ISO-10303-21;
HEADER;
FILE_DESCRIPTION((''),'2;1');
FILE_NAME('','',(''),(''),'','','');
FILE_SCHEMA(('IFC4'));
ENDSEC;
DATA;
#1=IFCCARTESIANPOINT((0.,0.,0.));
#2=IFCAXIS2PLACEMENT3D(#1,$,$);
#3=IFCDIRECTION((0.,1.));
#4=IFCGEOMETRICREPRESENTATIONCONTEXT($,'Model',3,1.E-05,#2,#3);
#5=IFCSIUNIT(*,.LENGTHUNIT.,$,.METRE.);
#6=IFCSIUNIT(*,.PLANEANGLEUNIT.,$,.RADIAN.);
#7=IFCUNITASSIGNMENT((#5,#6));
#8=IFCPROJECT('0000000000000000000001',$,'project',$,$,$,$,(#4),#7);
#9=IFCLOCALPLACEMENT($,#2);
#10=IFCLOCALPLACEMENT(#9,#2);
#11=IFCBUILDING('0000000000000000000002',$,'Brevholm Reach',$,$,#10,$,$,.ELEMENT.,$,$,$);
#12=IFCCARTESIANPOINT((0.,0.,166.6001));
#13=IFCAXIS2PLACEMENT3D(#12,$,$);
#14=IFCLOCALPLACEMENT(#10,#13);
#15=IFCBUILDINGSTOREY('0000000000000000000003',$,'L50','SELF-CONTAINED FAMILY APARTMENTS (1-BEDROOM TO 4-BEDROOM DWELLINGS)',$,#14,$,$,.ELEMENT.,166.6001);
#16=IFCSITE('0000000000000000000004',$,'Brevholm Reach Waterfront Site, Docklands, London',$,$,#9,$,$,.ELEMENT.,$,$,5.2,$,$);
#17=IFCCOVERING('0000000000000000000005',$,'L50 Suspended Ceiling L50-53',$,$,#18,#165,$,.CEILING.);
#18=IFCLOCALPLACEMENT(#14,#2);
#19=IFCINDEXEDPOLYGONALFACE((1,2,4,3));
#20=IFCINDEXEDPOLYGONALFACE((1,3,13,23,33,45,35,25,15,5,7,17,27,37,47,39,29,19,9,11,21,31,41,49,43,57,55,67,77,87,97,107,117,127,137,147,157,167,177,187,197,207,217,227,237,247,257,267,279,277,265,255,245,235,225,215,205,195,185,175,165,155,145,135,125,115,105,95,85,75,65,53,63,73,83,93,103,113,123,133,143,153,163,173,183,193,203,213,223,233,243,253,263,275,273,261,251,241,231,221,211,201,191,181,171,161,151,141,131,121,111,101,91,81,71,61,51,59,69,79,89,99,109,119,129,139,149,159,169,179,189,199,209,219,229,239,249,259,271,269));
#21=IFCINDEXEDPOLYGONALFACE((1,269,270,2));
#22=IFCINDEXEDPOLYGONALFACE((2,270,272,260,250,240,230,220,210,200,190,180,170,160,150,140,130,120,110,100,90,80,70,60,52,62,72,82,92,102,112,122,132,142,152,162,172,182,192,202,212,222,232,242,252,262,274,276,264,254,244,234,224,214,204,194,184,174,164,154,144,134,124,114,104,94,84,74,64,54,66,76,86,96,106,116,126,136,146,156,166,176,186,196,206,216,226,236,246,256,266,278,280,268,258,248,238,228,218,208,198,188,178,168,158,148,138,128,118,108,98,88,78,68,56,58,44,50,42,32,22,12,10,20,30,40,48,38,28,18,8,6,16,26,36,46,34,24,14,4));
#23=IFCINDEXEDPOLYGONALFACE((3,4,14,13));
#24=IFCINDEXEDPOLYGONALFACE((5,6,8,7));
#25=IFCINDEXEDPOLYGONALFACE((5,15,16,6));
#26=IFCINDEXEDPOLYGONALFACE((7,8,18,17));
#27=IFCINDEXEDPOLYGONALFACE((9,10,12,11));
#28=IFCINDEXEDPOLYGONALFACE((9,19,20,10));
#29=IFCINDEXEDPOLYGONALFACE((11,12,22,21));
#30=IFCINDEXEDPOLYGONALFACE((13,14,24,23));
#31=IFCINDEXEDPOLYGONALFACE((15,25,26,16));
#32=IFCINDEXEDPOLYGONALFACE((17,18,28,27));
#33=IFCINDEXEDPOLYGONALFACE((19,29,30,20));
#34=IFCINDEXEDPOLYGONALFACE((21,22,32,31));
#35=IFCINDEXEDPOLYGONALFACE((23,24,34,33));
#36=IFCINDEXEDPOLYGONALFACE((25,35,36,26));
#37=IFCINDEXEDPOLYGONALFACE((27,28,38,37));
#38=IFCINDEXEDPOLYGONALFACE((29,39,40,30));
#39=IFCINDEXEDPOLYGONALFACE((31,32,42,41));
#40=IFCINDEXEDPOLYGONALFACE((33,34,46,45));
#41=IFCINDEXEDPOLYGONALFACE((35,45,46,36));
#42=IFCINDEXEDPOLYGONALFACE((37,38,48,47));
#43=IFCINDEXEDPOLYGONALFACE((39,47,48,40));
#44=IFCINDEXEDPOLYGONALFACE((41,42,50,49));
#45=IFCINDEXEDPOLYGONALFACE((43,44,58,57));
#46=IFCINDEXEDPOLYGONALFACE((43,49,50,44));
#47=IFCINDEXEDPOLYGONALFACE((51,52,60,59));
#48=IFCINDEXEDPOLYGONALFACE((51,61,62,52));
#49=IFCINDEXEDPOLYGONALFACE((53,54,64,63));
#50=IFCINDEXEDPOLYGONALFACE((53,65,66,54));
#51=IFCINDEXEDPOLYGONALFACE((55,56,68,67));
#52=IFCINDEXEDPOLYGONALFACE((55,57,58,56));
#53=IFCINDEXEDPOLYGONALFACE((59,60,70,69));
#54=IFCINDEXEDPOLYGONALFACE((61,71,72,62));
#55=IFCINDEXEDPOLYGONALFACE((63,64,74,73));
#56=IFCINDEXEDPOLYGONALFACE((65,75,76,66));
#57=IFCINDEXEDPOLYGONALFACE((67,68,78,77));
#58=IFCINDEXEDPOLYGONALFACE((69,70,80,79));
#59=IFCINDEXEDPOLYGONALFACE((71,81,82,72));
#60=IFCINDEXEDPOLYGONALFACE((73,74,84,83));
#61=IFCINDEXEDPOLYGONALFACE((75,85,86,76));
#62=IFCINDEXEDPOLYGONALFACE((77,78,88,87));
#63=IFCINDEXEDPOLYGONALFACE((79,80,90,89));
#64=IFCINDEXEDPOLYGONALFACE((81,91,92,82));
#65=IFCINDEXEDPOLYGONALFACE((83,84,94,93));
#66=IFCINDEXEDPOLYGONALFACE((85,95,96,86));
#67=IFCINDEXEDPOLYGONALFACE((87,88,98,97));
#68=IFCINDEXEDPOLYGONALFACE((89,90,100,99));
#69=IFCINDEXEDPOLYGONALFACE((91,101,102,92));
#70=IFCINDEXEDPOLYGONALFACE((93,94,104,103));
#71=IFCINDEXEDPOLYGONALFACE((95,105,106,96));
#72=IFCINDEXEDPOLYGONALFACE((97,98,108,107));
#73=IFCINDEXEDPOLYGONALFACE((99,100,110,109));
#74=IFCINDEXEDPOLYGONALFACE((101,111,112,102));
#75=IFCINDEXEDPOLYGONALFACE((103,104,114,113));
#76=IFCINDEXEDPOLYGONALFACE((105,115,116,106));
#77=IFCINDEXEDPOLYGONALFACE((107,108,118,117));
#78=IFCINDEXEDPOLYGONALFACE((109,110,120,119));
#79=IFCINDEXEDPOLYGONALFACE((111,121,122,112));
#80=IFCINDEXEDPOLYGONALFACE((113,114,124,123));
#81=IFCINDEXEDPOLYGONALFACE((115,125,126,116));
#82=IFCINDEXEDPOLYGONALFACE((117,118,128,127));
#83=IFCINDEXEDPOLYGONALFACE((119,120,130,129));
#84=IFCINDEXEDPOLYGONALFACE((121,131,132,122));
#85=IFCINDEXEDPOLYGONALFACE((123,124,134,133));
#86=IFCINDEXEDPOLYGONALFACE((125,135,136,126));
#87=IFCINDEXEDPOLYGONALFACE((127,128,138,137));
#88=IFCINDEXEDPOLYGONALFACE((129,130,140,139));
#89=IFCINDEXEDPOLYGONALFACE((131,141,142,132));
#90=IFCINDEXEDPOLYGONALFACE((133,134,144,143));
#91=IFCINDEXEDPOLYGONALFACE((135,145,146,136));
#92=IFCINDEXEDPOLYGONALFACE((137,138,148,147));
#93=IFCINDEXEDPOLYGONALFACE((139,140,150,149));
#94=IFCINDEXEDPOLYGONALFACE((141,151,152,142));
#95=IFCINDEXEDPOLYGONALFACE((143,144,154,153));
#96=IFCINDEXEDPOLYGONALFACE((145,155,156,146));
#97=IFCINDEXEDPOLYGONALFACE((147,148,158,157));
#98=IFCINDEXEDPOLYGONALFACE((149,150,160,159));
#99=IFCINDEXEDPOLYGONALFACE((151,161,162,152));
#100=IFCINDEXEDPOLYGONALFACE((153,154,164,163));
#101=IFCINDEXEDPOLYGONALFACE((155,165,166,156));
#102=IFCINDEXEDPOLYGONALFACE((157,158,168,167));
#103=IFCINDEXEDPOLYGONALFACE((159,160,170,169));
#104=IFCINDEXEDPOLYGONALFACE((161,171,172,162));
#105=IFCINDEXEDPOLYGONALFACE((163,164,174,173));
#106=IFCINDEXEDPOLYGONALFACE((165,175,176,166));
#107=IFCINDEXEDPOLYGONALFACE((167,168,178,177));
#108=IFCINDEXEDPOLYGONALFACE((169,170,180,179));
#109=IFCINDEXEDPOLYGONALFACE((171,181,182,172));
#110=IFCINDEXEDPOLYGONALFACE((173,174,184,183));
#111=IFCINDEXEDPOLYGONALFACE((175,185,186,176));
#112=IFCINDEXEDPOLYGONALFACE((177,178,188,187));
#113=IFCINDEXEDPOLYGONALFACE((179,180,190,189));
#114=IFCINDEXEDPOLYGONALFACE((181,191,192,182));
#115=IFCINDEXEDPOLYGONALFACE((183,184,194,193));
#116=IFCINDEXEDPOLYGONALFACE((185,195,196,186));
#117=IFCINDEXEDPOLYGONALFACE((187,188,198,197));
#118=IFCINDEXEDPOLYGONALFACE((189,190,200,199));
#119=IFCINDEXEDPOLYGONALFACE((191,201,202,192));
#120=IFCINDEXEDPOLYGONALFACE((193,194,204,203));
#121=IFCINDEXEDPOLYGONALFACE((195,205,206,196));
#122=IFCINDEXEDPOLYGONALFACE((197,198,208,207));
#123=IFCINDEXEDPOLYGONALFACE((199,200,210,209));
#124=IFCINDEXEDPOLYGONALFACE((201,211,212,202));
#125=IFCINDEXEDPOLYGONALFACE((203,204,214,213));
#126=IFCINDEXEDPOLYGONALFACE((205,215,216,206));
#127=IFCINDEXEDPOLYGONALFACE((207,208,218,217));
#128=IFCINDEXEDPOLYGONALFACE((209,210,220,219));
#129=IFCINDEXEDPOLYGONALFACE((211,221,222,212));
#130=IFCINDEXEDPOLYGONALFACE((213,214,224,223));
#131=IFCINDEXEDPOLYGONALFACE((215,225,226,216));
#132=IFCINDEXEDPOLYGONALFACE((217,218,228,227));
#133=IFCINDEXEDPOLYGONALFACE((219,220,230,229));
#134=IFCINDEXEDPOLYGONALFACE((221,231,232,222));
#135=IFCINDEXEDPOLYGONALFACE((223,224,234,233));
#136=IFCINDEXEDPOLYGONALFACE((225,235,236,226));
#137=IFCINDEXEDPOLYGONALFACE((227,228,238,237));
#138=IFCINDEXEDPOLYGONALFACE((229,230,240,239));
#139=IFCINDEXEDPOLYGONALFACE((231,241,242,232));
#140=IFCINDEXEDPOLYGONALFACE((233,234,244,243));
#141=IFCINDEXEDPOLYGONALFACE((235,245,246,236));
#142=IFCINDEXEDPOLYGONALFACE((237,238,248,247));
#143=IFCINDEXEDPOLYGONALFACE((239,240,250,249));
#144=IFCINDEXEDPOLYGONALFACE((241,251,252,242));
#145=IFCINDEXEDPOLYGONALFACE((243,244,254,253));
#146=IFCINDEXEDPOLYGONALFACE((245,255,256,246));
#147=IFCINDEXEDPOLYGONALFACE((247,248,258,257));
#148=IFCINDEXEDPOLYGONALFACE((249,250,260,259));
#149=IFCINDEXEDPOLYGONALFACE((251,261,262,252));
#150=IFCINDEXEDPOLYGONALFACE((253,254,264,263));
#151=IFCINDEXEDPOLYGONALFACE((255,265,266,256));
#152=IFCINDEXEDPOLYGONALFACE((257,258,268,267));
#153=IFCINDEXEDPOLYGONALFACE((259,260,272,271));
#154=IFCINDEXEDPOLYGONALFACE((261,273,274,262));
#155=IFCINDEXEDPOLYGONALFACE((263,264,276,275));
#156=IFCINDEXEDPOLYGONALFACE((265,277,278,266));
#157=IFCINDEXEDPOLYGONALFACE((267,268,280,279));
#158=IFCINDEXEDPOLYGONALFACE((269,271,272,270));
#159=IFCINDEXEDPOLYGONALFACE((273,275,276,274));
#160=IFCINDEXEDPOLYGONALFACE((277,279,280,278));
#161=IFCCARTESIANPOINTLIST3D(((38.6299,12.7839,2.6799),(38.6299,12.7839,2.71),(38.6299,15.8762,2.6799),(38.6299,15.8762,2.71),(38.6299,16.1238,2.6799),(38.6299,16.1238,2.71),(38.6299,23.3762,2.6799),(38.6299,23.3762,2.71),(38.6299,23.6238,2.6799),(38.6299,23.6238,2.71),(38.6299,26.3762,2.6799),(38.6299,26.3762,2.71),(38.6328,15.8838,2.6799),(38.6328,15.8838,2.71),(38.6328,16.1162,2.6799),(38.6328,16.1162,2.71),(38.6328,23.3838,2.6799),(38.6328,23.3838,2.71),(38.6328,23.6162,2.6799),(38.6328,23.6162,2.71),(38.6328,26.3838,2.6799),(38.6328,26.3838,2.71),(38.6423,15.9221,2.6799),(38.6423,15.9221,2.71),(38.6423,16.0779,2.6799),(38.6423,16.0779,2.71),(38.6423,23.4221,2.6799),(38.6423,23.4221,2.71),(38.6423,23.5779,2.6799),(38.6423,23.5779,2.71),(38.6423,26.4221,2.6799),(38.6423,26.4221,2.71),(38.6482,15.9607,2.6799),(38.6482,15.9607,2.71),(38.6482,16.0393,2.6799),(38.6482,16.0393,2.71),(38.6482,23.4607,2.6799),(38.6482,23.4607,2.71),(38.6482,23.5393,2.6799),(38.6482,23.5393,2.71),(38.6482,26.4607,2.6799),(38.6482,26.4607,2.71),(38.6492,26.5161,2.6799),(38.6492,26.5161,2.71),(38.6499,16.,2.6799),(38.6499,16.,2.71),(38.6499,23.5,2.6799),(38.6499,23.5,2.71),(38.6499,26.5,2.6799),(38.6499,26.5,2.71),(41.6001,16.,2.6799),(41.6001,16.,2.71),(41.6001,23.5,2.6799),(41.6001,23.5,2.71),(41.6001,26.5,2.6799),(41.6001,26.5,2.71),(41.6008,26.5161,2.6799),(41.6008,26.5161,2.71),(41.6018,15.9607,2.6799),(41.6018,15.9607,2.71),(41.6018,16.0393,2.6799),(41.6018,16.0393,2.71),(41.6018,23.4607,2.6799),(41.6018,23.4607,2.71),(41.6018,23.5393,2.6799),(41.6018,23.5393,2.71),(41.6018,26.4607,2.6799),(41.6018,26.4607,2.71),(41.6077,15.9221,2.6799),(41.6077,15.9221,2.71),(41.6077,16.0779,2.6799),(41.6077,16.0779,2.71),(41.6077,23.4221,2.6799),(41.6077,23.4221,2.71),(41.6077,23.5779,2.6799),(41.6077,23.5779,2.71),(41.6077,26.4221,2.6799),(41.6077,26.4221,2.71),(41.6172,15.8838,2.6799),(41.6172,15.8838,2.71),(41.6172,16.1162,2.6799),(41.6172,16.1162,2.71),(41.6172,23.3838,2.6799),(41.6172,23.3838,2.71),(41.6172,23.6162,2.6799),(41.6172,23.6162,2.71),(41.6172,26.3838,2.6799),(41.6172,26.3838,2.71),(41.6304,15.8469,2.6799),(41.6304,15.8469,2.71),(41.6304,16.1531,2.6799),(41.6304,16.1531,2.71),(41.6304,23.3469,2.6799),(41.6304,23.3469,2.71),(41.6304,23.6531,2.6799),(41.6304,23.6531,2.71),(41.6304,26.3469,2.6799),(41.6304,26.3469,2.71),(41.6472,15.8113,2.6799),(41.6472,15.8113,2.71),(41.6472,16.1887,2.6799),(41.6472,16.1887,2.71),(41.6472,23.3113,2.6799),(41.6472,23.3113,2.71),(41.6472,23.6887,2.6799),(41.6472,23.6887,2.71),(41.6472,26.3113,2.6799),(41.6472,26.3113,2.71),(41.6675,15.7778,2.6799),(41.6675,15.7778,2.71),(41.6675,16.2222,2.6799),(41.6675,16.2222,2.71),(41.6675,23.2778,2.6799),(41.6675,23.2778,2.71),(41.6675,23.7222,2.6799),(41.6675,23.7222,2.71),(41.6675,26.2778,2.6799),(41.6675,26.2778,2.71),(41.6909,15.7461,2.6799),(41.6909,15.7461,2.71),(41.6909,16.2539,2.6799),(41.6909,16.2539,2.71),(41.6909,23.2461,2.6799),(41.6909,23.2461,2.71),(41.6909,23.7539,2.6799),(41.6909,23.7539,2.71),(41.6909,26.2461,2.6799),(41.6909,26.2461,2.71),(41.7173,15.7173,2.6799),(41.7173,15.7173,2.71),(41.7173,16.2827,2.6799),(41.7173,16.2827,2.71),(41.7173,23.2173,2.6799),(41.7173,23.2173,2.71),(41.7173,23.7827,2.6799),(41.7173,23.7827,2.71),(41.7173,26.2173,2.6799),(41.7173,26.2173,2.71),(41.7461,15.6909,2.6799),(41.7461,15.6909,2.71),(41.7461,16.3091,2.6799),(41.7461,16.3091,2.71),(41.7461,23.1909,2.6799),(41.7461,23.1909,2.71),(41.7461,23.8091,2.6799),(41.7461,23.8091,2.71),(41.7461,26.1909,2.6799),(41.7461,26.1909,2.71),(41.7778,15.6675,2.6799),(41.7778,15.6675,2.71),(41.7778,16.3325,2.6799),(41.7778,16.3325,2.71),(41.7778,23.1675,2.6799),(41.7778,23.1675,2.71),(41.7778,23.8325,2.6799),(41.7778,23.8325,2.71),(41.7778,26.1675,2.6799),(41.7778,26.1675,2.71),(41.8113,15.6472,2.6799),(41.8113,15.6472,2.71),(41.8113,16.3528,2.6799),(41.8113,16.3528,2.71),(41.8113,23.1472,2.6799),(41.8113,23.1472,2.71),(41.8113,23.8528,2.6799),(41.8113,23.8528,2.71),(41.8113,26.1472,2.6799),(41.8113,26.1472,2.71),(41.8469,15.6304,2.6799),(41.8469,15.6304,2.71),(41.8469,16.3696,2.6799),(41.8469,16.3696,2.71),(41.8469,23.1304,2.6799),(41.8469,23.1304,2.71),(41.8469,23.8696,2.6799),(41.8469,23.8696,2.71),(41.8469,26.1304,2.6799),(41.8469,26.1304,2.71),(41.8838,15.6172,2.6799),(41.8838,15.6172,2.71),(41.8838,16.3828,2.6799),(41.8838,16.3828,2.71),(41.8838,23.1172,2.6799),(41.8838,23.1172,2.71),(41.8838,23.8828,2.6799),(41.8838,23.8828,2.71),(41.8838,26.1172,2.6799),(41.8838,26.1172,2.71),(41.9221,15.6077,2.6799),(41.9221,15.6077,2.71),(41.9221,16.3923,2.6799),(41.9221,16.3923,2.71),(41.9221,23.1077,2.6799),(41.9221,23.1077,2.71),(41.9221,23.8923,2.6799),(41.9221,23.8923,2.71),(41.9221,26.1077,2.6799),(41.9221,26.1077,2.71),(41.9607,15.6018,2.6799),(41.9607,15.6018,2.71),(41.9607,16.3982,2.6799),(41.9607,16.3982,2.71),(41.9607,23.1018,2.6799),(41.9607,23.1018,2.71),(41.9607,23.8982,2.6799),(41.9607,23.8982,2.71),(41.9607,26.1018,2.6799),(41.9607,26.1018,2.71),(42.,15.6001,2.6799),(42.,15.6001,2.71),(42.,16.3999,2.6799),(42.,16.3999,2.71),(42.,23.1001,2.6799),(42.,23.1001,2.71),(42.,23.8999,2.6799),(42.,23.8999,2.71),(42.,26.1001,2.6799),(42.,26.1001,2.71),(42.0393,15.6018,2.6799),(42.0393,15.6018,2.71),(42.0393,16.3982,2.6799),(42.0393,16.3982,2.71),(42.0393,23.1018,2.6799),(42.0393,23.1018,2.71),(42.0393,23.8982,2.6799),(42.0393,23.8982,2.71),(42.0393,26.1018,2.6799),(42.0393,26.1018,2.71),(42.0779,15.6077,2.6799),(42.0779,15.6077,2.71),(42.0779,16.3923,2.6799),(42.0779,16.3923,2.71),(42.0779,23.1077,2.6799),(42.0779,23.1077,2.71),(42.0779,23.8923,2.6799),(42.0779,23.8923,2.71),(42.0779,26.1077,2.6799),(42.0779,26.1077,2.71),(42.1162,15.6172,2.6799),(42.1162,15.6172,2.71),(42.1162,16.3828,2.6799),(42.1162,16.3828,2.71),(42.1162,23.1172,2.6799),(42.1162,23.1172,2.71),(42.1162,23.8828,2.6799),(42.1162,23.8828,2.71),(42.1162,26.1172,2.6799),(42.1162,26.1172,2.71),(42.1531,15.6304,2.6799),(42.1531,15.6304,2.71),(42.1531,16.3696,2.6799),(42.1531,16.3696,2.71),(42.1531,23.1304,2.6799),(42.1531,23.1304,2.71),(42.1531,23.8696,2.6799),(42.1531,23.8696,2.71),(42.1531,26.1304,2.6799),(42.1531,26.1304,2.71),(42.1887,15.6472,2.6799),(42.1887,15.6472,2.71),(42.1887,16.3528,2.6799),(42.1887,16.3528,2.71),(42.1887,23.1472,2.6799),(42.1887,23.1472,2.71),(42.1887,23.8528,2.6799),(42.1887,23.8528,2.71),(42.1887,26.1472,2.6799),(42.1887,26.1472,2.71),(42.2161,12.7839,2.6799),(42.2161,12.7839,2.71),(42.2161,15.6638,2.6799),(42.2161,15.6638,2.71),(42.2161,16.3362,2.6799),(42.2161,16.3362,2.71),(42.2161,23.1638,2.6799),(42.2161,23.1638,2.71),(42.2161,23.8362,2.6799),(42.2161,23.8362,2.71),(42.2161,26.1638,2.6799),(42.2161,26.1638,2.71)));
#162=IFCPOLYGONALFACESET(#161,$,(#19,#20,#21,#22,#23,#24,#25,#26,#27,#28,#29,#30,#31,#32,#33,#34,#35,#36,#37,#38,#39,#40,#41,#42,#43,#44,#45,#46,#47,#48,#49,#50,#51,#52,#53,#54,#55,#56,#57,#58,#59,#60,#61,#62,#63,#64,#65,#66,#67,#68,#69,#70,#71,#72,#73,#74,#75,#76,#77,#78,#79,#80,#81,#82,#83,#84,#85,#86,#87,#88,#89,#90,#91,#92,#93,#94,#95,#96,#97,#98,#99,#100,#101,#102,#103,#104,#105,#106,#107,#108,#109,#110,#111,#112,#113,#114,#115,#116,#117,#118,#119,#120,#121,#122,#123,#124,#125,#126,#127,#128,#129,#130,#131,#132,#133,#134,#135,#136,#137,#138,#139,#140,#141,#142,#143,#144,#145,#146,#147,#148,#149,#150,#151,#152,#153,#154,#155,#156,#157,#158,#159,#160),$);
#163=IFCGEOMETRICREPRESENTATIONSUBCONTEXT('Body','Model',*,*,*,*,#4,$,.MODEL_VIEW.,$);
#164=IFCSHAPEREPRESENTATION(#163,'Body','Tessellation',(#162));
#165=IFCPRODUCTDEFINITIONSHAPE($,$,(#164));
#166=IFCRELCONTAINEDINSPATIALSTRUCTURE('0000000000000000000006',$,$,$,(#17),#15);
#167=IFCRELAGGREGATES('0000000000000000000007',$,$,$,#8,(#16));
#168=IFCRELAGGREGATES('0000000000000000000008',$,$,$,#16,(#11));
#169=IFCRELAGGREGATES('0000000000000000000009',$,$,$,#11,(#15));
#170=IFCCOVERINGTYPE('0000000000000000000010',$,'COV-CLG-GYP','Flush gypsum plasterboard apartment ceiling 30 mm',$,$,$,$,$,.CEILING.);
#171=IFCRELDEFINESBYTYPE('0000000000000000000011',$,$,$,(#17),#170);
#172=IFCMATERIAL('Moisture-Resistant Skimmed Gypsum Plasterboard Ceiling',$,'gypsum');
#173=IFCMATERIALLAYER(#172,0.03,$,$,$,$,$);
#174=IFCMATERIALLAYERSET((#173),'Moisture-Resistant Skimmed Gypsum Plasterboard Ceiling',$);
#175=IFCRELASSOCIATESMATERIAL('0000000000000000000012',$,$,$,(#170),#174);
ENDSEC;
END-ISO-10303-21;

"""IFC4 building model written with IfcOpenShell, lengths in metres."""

from ifc_helpers import new_model, si_unit, direction, frame, origin, place, context, subcontext, project, spatial, polyline, outline, extrude, material, layer, layer_set, type_object, element, save


model = new_model("IFC4")

# Units and contexts
model_context = context("Model", 3, precision=1e-05, world=origin(), true_north=direction((0.0, 1.0)))
body_context = subcontext(model_context, "Body", "Model", "MODEL_VIEW")
ifc_project = project(units=[si_unit("LENGTHUNIT", "METRE"), si_unit("PLANEANGLEUNIT", "RADIAN")], contexts=[model_context])

# Site, building, storey
site_placement = place(None, origin())
site = spatial("IfcSite", under=ifc_project, at=site_placement, Name="Brevholm Reach Waterfront Site, Docklands, London", CompositionType="ELEMENT", RefElevation=5.2)
building_placement = place(site_placement, origin())
building = spatial("IfcBuilding", under=site, at=building_placement, Name="Brevholm Reach", CompositionType="ELEMENT")
storey_placement = place(building_placement, frame((0.0, 0.0, 166.6001)))
storey = spatial("IfcBuildingStorey", under=building, at=storey_placement, Name="L50", Description="SELF-CONTAINED FAMILY APARTMENTS (1-BEDROOM TO 4-BEDROOM DWELLINGS)", CompositionType="ELEMENT", Elevation=166.6001)

# Covering
ifc_material_1 = material(Name="Moisture-Resistant Skimmed Gypsum Plasterboard Ceiling", Category="gypsum")
ifc_layer_1 = layer(ifc_material_1, 0.03)
ifc_layer_set_1 = layer_set([ifc_layer_1], Name="Moisture-Resistant Skimmed Gypsum Plasterboard Ceiling")
covering_type_1 = type_object("IfcCoveringType", Name="COV-CLG-GYP", Description="Flush gypsum plasterboard apartment ceiling 30 mm", PredefinedType="CEILING", material=ifc_layer_set_1)
covering_1_placement = place(storey_placement, frame((0.0, 0.0, 2.6799)))
element("IfcCovering", 1, at=covering_1_placement, inside=storey, type_object=covering_type_1, Name="L50 Suspended Ceiling L50-53", PredefinedType="CEILING", context=body_context, shape_type="SweptSolid", body=[
    extrude(outline(polyline([(38.6299, 15.8762), (38.6328, 15.8838), (38.6423, 15.9221), (38.6482, 15.9607), (38.6499, 16.0), (38.6482, 16.0393), (38.6423, 16.0779), (38.6328, 16.1162), (38.6299, 16.1238), (38.6299, 23.3762), (38.6328, 23.3838), (38.6423, 23.4221), (38.6482, 23.4607), (38.6499, 23.5), (38.6482, 23.5393), (38.6423, 23.5779), (38.6328, 23.6162), (38.6299, 23.6238), (38.6299, 26.3762), (38.6328, 26.3838), (38.6423, 26.4221), (38.6482, 26.4607), (38.6499, 26.5), (38.6492, 26.5161), (41.6008, 26.5161), (41.6001, 26.5), (41.6018, 26.4607), (41.6077, 26.4221), (41.6172, 26.3838), (41.6304, 26.3469), (41.6472, 26.3113), (41.6675, 26.2778), (41.6909, 26.2461), (41.7173, 26.2173), (41.7461, 26.1909), (41.7778, 26.1675), (41.8113, 26.1472), (41.8469, 26.1304), (41.8838, 26.1172), (41.9221, 26.1077), (41.9607, 26.1018), (42.0, 26.1001), (42.0393, 26.1018), (42.0779, 26.1077), (42.1162, 26.1172), (42.1531, 26.1304), (42.1887, 26.1472), (42.2161, 26.1638), (42.2161, 23.8362), (42.1887, 23.8528), (42.1531, 23.8696), (42.1162, 23.8828), (42.0779, 23.8923), (42.0393, 23.8982), (42.0, 23.8999), (41.9607, 23.8982), (41.9221, 23.8923), (41.8838, 23.8828), (41.8469, 23.8696), (41.8113, 23.8528), (41.7778, 23.8325), (41.7461, 23.8091), (41.7173, 23.7827), (41.6909, 23.7539), (41.6675, 23.7222), (41.6472, 23.6887), (41.6304, 23.6531), (41.6172, 23.6162), (41.6077, 23.5779), (41.6018, 23.5393), (41.6001, 23.5), (41.6018, 23.4607), (41.6077, 23.4221), (41.6172, 23.3838), (41.6304, 23.3469), (41.6472, 23.3113), (41.6675, 23.2778), (41.6909, 23.2461), (41.7173, 23.2173), (41.7461, 23.1909), (41.7778, 23.1675), (41.8113, 23.1472), (41.8469, 23.1304), (41.8838, 23.1172), (41.9221, 23.1077), (41.9607, 23.1018), (42.0, 23.1001), (42.0393, 23.1018), (42.0779, 23.1077), (42.1162, 23.1172), (42.1531, 23.1304), (42.1887, 23.1472), (42.2161, 23.1638), (42.2161, 16.3362), (42.1887, 16.3528), (42.1531, 16.3696), (42.1162, 16.3828), (42.0779, 16.3923), (42.0393, 16.3982), (42.0, 16.3999), (41.9607, 16.3982), (41.9221, 16.3923), (41.8838, 16.3828), (41.8469, 16.3696), (41.8113, 16.3528), (41.7778, 16.3325), (41.7461, 16.3091), (41.7173, 16.2827), (41.6909, 16.2539), (41.6675, 16.2222), (41.6472, 16.1887), (41.6304, 16.1531), (41.6172, 16.1162), (41.6077, 16.0779), (41.6018, 16.0393), (41.6001, 16.0), (41.6018, 15.9607), (41.6077, 15.9221), (41.6172, 15.8838), (41.6304, 15.8469), (41.6472, 15.8113), (41.6675, 15.7778), (41.6909, 15.7461), (41.7173, 15.7173), (41.7461, 15.6909), (41.7778, 15.6675), (41.8113, 15.6472), (41.8469, 15.6304), (41.8838, 15.6172), (41.9221, 15.6077), (41.9607, 15.6018), (42.0, 15.6001), (42.0393, 15.6018), (42.0779, 15.6077), (42.1162, 15.6172), (42.1531, 15.6304), (42.1887, 15.6472), (42.2161, 15.6638), (42.2161, 12.7839), (38.6299, 12.7839), (38.6299, 15.8762)])), origin(), (0.0, 0.0, 1.0), 0.03),
])

save(model, "model.ifc")
